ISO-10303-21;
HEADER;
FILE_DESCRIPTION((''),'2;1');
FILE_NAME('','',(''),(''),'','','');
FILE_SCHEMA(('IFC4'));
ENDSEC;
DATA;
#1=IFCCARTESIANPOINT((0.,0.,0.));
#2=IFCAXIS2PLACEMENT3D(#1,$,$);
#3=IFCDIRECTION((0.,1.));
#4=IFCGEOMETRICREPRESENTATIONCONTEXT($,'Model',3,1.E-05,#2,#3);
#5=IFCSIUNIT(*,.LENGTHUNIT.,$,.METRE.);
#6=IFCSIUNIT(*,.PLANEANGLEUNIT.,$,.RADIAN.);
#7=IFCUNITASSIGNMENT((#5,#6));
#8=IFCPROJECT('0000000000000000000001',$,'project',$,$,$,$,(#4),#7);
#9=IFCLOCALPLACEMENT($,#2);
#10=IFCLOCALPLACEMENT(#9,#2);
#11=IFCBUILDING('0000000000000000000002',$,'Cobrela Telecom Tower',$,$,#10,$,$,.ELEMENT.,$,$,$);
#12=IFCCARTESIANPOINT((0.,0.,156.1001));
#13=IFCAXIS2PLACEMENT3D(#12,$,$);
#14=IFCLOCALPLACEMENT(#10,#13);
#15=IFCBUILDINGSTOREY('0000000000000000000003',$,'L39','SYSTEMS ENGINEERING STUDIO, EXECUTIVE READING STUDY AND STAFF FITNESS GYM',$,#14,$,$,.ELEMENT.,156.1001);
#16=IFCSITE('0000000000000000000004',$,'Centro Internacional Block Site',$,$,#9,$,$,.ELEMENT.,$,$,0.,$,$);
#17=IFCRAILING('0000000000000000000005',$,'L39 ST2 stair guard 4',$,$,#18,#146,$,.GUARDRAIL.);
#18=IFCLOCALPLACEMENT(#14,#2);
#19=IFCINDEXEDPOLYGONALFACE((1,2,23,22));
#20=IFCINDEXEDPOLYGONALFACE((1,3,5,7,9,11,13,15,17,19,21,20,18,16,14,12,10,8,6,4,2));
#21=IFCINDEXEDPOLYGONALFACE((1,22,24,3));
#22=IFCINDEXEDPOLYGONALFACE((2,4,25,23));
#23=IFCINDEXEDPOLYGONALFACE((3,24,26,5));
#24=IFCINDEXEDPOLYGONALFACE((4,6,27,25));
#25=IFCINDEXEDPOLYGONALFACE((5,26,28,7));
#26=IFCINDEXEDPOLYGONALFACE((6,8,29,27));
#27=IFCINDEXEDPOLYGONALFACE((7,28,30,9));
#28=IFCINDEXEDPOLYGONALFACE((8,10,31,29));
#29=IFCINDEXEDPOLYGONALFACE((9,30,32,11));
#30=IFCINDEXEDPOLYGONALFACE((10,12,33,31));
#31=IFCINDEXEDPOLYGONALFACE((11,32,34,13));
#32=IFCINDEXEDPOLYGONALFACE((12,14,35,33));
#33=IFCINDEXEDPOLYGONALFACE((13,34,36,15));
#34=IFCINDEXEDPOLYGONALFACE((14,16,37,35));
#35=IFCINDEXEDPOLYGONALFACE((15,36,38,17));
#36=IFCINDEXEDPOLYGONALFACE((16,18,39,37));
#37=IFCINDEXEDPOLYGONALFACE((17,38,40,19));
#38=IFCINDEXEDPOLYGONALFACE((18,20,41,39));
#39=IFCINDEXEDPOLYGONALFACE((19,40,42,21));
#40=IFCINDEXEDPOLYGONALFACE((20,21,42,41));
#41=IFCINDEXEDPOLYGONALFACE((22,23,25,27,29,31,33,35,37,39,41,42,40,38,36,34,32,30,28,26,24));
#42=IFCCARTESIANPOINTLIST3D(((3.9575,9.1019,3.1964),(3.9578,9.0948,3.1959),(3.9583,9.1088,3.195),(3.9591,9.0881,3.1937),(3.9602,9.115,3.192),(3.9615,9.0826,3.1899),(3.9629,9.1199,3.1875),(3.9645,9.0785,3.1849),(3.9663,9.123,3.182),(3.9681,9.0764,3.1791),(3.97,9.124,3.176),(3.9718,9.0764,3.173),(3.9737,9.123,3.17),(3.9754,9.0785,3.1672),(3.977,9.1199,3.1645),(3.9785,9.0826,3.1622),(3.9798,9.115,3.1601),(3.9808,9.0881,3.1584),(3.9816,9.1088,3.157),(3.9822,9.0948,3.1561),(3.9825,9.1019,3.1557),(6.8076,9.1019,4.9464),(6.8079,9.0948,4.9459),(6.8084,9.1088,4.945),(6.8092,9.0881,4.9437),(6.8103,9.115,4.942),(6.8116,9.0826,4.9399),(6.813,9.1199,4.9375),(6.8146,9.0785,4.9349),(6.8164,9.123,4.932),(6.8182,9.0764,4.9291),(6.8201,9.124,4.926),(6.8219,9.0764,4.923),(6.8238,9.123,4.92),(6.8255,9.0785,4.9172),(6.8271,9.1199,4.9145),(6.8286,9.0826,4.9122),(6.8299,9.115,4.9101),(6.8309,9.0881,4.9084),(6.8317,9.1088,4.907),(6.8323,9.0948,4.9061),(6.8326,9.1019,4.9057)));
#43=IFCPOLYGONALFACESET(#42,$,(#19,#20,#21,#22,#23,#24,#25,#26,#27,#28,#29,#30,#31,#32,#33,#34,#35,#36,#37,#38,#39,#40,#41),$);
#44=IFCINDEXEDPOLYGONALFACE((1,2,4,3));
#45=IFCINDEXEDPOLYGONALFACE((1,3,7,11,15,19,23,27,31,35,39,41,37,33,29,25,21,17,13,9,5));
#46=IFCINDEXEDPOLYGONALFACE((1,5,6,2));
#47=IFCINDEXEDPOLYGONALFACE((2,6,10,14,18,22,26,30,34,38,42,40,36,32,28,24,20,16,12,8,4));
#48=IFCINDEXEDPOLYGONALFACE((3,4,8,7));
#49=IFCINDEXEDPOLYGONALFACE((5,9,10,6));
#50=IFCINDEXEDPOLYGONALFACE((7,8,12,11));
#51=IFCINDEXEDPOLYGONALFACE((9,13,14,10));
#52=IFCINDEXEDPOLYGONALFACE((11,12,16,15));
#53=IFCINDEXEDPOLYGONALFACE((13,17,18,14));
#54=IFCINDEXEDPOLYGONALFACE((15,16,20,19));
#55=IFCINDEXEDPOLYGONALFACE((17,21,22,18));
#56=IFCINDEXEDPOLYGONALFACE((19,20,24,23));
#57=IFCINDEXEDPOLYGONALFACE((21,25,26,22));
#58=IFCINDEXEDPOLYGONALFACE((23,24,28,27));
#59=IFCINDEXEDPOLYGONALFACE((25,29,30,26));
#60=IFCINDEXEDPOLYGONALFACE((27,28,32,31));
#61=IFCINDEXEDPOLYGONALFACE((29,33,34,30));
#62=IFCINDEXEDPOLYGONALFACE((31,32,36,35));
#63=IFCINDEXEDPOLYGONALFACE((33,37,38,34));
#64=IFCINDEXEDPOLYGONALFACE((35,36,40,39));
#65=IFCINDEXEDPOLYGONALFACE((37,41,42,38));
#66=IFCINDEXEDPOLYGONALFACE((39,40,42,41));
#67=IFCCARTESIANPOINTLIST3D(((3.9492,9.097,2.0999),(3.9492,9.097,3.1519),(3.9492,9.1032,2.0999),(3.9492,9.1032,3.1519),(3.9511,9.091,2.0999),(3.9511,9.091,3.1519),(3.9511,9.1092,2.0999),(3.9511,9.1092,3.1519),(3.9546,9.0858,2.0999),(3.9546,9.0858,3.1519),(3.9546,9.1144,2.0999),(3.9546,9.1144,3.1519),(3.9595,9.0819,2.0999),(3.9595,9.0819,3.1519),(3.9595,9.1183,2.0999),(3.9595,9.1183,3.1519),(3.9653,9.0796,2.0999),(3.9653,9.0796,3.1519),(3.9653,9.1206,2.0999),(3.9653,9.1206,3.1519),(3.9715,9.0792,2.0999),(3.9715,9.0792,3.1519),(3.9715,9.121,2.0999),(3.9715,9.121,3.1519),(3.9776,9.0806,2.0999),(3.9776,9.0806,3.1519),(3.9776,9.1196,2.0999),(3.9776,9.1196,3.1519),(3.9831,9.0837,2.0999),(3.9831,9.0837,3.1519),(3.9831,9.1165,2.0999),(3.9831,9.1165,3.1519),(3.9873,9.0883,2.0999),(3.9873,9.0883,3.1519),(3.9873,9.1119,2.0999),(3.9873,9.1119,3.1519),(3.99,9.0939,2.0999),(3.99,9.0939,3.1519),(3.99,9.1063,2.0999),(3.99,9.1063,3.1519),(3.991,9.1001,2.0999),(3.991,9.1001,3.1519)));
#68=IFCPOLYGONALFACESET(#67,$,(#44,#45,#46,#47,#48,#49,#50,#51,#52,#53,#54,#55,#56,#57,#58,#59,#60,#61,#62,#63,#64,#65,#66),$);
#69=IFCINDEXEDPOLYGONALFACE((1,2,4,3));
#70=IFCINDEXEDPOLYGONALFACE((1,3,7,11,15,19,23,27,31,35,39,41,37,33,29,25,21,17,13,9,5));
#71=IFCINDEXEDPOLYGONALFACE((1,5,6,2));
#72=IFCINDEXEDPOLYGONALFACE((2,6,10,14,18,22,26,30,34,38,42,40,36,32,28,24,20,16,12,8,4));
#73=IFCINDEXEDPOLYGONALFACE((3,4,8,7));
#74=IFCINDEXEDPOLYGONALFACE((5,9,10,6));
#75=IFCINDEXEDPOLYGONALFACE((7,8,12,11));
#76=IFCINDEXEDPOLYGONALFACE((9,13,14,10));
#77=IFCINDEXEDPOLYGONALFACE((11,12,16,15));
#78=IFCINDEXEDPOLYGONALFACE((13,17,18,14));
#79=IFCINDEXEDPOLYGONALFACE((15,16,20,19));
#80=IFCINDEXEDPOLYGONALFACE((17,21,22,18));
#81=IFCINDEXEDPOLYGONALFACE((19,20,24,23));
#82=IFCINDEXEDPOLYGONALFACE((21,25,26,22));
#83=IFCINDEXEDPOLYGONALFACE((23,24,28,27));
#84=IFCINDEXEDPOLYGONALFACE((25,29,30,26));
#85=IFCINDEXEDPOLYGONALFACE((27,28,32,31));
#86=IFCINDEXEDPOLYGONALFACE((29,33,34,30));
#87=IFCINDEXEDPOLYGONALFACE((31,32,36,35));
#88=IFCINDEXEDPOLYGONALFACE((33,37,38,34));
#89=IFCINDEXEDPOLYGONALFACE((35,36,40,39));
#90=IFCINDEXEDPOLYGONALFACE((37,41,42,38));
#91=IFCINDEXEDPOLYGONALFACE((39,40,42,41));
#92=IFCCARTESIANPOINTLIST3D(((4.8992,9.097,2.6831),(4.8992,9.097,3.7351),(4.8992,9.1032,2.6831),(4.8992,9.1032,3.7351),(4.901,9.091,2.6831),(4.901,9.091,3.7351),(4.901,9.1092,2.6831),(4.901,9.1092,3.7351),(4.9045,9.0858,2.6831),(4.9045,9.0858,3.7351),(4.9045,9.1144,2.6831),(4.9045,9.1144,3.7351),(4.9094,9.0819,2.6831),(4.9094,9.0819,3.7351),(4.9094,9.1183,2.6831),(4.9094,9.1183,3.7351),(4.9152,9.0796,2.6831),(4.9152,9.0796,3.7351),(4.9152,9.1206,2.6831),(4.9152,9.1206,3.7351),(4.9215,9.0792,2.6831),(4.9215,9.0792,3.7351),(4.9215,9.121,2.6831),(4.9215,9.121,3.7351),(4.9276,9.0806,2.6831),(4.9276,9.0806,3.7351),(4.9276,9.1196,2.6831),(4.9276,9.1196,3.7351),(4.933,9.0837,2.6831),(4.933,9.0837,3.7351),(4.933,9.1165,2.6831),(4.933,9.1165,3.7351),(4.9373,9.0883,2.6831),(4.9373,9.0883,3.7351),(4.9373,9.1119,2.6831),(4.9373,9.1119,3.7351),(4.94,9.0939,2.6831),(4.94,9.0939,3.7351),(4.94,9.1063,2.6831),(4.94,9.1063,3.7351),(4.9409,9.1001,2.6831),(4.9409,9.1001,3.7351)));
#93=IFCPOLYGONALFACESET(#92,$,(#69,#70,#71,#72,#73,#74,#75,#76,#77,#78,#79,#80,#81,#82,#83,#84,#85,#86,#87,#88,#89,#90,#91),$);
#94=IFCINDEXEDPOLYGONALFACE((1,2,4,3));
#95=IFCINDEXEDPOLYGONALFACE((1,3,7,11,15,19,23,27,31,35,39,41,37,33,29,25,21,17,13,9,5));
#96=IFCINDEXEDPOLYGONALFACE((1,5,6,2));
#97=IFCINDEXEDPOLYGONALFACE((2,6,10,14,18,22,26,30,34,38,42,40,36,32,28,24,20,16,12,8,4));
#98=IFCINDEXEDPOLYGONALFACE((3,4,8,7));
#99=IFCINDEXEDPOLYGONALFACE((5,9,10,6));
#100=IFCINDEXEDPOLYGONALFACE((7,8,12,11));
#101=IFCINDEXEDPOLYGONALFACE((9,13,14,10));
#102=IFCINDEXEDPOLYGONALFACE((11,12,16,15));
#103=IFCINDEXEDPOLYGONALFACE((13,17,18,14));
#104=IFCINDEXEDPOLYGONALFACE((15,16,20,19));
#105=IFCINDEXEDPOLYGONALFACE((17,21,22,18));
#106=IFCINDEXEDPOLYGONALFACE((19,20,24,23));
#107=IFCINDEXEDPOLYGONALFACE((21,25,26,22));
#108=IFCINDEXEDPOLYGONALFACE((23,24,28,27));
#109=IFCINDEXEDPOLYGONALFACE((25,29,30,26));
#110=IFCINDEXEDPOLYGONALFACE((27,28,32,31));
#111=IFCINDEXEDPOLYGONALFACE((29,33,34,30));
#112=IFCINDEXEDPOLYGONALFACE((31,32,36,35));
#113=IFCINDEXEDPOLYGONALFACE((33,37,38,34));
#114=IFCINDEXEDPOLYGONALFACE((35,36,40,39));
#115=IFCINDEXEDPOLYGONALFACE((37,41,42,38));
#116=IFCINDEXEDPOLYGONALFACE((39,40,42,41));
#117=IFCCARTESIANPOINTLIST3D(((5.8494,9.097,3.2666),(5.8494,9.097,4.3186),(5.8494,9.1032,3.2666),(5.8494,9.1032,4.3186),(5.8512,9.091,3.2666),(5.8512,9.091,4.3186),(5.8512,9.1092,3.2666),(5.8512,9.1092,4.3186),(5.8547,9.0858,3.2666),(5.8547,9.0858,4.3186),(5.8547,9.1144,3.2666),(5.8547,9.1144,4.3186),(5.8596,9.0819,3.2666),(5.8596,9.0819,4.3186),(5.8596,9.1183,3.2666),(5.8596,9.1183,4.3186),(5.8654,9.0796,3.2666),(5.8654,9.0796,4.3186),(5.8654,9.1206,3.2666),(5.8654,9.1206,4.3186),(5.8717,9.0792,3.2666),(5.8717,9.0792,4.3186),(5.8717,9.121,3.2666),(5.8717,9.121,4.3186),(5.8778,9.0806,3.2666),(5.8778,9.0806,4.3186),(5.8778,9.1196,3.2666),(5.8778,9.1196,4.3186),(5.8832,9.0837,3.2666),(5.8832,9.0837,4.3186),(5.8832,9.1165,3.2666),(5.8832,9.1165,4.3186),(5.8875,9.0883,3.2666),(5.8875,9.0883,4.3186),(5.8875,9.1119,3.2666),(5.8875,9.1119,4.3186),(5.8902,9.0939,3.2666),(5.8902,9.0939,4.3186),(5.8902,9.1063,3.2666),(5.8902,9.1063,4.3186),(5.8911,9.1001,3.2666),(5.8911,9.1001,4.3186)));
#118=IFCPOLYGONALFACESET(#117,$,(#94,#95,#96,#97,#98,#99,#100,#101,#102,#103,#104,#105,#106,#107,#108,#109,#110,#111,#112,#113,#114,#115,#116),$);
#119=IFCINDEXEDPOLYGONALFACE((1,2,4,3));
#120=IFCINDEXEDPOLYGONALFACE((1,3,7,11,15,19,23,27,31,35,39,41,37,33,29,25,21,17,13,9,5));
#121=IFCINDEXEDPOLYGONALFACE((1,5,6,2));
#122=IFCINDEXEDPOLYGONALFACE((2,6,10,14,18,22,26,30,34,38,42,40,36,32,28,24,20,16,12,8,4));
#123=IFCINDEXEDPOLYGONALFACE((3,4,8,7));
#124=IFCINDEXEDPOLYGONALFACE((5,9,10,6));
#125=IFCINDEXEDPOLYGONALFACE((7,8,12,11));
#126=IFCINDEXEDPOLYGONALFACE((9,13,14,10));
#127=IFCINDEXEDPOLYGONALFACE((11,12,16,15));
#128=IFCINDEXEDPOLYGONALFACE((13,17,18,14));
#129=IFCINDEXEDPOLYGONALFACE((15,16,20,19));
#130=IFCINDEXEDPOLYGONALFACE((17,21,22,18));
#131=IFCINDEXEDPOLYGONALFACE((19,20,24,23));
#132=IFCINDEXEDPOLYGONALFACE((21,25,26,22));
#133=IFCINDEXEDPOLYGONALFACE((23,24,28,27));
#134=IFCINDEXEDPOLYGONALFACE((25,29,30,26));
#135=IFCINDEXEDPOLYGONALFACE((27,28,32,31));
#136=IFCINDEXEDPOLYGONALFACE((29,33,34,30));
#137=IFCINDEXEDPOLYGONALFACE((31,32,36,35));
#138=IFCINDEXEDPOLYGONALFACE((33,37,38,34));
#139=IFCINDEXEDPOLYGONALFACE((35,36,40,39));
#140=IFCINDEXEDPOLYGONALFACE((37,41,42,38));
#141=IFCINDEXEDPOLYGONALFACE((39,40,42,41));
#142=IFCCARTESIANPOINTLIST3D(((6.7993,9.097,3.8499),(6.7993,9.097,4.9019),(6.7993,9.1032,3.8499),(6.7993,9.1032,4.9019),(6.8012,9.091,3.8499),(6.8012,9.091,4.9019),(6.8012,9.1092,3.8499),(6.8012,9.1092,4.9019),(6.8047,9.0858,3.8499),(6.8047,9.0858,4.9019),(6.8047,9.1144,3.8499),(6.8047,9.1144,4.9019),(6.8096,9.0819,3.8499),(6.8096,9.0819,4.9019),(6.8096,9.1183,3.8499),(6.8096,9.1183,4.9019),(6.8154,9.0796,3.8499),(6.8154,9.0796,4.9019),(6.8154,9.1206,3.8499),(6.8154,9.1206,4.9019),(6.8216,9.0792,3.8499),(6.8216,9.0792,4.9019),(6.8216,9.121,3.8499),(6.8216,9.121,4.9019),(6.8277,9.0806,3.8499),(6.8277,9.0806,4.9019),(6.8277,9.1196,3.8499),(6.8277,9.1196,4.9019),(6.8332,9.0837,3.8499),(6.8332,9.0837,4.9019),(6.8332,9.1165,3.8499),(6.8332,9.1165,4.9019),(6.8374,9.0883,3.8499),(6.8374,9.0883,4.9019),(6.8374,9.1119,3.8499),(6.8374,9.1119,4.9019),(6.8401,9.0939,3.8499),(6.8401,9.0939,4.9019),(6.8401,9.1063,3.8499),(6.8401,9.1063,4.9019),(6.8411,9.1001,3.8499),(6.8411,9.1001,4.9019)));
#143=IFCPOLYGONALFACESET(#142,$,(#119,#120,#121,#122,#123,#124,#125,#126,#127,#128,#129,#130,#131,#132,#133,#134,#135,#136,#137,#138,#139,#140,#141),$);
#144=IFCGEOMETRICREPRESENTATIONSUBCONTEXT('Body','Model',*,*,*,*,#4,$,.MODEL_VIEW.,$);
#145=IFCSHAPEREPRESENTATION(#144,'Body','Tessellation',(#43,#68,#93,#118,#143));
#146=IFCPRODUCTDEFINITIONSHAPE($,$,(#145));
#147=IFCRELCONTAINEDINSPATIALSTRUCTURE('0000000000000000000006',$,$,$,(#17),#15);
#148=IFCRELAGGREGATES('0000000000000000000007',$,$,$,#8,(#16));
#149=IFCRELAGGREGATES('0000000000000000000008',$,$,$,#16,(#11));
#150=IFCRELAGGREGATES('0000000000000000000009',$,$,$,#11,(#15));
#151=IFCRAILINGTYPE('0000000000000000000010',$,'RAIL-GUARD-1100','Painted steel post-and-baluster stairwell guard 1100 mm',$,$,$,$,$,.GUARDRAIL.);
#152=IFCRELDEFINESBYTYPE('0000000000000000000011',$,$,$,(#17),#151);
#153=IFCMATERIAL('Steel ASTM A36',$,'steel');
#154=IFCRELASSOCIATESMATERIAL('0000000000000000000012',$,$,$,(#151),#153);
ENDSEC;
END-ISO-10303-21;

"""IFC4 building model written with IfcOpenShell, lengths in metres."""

from ifc_helpers import new_model, si_unit, direction, frame, origin, origin_2d, place, context, subcontext, project, spatial, circle, extrude, material, type_object, element, save


model = new_model("IFC4")

# Units and contexts
model_context = context("Model", 3, precision=1e-05, world=origin(), true_north=direction((0.0, 1.0)))
body_context = subcontext(model_context, "Body", "Model", "MODEL_VIEW")
ifc_project = project(units=[si_unit("LENGTHUNIT", "METRE"), si_unit("PLANEANGLEUNIT", "RADIAN")], contexts=[model_context])

# Site, building, storey
site_placement = place(None, origin())
site = spatial("IfcSite", under=ifc_project, at=site_placement, Name="Centro Internacional Block Site", CompositionType="ELEMENT", RefElevation=0.0)
building_placement = place(site_placement, origin())
building = spatial("IfcBuilding", under=site, at=building_placement, Name="Cobrela Telecom Tower", CompositionType="ELEMENT")
storey_placement = place(building_placement, frame((0.0, 0.0, 156.1001)))
storey = spatial("IfcBuildingStorey", under=building, at=storey_placement, Name="L39", Description="SYSTEMS ENGINEERING STUDIO, EXECUTIVE READING STUDY AND STAFF FITNESS GYM", CompositionType="ELEMENT", Elevation=156.1001)

# Railing
ifc_material_1 = material(Name="Steel ASTM A36", Category="steel")
railing_type_1 = type_object("IfcRailingType", Name="RAIL-GUARD-1100", Description="Painted steel post-and-baluster stairwell guard 1100 mm", PredefinedType="GUARDRAIL", material=ifc_material_1)
railing_1_placement = place(storey_placement, frame((3.97, 9.1001, 2.0999)))
element("IfcRailing", 1, at=railing_1_placement, inside=storey, type_object=railing_type_1, Name="L39 ST2 stair guard 4", PredefinedType="GUARDRAIL", context=body_context, shape_type="SweptSolid", body=[
    extrude(circle(Radius=0.0239, at=origin_2d()), frame((0.0, 0.0, 1.0762), z_axis=(0.852179, 0.0, 0.52325), x_axis=(0.0, 1.0, 0.0)), (0.0, 0.0, 1.0), 3.3445),
    extrude(circle(Radius=0.021, at=origin_2d()), origin(), (0.0, 0.0, 1.0), 1.052),
    extrude(circle(Radius=0.021, at=origin_2d()), frame((0.95, 0.0, 0.5833)), (0.0, 0.0, 1.0), 1.052),
    extrude(circle(Radius=0.021, at=origin_2d()), frame((1.9001, 0.0, 1.1667)), (0.0, 0.0, 1.0), 1.052),
    extrude(circle(Radius=0.021, at=origin_2d()), frame((2.8501, 0.0, 1.75)), (0.0, 0.0, 1.0), 1.052),
])

save(model, "model.ifc")
